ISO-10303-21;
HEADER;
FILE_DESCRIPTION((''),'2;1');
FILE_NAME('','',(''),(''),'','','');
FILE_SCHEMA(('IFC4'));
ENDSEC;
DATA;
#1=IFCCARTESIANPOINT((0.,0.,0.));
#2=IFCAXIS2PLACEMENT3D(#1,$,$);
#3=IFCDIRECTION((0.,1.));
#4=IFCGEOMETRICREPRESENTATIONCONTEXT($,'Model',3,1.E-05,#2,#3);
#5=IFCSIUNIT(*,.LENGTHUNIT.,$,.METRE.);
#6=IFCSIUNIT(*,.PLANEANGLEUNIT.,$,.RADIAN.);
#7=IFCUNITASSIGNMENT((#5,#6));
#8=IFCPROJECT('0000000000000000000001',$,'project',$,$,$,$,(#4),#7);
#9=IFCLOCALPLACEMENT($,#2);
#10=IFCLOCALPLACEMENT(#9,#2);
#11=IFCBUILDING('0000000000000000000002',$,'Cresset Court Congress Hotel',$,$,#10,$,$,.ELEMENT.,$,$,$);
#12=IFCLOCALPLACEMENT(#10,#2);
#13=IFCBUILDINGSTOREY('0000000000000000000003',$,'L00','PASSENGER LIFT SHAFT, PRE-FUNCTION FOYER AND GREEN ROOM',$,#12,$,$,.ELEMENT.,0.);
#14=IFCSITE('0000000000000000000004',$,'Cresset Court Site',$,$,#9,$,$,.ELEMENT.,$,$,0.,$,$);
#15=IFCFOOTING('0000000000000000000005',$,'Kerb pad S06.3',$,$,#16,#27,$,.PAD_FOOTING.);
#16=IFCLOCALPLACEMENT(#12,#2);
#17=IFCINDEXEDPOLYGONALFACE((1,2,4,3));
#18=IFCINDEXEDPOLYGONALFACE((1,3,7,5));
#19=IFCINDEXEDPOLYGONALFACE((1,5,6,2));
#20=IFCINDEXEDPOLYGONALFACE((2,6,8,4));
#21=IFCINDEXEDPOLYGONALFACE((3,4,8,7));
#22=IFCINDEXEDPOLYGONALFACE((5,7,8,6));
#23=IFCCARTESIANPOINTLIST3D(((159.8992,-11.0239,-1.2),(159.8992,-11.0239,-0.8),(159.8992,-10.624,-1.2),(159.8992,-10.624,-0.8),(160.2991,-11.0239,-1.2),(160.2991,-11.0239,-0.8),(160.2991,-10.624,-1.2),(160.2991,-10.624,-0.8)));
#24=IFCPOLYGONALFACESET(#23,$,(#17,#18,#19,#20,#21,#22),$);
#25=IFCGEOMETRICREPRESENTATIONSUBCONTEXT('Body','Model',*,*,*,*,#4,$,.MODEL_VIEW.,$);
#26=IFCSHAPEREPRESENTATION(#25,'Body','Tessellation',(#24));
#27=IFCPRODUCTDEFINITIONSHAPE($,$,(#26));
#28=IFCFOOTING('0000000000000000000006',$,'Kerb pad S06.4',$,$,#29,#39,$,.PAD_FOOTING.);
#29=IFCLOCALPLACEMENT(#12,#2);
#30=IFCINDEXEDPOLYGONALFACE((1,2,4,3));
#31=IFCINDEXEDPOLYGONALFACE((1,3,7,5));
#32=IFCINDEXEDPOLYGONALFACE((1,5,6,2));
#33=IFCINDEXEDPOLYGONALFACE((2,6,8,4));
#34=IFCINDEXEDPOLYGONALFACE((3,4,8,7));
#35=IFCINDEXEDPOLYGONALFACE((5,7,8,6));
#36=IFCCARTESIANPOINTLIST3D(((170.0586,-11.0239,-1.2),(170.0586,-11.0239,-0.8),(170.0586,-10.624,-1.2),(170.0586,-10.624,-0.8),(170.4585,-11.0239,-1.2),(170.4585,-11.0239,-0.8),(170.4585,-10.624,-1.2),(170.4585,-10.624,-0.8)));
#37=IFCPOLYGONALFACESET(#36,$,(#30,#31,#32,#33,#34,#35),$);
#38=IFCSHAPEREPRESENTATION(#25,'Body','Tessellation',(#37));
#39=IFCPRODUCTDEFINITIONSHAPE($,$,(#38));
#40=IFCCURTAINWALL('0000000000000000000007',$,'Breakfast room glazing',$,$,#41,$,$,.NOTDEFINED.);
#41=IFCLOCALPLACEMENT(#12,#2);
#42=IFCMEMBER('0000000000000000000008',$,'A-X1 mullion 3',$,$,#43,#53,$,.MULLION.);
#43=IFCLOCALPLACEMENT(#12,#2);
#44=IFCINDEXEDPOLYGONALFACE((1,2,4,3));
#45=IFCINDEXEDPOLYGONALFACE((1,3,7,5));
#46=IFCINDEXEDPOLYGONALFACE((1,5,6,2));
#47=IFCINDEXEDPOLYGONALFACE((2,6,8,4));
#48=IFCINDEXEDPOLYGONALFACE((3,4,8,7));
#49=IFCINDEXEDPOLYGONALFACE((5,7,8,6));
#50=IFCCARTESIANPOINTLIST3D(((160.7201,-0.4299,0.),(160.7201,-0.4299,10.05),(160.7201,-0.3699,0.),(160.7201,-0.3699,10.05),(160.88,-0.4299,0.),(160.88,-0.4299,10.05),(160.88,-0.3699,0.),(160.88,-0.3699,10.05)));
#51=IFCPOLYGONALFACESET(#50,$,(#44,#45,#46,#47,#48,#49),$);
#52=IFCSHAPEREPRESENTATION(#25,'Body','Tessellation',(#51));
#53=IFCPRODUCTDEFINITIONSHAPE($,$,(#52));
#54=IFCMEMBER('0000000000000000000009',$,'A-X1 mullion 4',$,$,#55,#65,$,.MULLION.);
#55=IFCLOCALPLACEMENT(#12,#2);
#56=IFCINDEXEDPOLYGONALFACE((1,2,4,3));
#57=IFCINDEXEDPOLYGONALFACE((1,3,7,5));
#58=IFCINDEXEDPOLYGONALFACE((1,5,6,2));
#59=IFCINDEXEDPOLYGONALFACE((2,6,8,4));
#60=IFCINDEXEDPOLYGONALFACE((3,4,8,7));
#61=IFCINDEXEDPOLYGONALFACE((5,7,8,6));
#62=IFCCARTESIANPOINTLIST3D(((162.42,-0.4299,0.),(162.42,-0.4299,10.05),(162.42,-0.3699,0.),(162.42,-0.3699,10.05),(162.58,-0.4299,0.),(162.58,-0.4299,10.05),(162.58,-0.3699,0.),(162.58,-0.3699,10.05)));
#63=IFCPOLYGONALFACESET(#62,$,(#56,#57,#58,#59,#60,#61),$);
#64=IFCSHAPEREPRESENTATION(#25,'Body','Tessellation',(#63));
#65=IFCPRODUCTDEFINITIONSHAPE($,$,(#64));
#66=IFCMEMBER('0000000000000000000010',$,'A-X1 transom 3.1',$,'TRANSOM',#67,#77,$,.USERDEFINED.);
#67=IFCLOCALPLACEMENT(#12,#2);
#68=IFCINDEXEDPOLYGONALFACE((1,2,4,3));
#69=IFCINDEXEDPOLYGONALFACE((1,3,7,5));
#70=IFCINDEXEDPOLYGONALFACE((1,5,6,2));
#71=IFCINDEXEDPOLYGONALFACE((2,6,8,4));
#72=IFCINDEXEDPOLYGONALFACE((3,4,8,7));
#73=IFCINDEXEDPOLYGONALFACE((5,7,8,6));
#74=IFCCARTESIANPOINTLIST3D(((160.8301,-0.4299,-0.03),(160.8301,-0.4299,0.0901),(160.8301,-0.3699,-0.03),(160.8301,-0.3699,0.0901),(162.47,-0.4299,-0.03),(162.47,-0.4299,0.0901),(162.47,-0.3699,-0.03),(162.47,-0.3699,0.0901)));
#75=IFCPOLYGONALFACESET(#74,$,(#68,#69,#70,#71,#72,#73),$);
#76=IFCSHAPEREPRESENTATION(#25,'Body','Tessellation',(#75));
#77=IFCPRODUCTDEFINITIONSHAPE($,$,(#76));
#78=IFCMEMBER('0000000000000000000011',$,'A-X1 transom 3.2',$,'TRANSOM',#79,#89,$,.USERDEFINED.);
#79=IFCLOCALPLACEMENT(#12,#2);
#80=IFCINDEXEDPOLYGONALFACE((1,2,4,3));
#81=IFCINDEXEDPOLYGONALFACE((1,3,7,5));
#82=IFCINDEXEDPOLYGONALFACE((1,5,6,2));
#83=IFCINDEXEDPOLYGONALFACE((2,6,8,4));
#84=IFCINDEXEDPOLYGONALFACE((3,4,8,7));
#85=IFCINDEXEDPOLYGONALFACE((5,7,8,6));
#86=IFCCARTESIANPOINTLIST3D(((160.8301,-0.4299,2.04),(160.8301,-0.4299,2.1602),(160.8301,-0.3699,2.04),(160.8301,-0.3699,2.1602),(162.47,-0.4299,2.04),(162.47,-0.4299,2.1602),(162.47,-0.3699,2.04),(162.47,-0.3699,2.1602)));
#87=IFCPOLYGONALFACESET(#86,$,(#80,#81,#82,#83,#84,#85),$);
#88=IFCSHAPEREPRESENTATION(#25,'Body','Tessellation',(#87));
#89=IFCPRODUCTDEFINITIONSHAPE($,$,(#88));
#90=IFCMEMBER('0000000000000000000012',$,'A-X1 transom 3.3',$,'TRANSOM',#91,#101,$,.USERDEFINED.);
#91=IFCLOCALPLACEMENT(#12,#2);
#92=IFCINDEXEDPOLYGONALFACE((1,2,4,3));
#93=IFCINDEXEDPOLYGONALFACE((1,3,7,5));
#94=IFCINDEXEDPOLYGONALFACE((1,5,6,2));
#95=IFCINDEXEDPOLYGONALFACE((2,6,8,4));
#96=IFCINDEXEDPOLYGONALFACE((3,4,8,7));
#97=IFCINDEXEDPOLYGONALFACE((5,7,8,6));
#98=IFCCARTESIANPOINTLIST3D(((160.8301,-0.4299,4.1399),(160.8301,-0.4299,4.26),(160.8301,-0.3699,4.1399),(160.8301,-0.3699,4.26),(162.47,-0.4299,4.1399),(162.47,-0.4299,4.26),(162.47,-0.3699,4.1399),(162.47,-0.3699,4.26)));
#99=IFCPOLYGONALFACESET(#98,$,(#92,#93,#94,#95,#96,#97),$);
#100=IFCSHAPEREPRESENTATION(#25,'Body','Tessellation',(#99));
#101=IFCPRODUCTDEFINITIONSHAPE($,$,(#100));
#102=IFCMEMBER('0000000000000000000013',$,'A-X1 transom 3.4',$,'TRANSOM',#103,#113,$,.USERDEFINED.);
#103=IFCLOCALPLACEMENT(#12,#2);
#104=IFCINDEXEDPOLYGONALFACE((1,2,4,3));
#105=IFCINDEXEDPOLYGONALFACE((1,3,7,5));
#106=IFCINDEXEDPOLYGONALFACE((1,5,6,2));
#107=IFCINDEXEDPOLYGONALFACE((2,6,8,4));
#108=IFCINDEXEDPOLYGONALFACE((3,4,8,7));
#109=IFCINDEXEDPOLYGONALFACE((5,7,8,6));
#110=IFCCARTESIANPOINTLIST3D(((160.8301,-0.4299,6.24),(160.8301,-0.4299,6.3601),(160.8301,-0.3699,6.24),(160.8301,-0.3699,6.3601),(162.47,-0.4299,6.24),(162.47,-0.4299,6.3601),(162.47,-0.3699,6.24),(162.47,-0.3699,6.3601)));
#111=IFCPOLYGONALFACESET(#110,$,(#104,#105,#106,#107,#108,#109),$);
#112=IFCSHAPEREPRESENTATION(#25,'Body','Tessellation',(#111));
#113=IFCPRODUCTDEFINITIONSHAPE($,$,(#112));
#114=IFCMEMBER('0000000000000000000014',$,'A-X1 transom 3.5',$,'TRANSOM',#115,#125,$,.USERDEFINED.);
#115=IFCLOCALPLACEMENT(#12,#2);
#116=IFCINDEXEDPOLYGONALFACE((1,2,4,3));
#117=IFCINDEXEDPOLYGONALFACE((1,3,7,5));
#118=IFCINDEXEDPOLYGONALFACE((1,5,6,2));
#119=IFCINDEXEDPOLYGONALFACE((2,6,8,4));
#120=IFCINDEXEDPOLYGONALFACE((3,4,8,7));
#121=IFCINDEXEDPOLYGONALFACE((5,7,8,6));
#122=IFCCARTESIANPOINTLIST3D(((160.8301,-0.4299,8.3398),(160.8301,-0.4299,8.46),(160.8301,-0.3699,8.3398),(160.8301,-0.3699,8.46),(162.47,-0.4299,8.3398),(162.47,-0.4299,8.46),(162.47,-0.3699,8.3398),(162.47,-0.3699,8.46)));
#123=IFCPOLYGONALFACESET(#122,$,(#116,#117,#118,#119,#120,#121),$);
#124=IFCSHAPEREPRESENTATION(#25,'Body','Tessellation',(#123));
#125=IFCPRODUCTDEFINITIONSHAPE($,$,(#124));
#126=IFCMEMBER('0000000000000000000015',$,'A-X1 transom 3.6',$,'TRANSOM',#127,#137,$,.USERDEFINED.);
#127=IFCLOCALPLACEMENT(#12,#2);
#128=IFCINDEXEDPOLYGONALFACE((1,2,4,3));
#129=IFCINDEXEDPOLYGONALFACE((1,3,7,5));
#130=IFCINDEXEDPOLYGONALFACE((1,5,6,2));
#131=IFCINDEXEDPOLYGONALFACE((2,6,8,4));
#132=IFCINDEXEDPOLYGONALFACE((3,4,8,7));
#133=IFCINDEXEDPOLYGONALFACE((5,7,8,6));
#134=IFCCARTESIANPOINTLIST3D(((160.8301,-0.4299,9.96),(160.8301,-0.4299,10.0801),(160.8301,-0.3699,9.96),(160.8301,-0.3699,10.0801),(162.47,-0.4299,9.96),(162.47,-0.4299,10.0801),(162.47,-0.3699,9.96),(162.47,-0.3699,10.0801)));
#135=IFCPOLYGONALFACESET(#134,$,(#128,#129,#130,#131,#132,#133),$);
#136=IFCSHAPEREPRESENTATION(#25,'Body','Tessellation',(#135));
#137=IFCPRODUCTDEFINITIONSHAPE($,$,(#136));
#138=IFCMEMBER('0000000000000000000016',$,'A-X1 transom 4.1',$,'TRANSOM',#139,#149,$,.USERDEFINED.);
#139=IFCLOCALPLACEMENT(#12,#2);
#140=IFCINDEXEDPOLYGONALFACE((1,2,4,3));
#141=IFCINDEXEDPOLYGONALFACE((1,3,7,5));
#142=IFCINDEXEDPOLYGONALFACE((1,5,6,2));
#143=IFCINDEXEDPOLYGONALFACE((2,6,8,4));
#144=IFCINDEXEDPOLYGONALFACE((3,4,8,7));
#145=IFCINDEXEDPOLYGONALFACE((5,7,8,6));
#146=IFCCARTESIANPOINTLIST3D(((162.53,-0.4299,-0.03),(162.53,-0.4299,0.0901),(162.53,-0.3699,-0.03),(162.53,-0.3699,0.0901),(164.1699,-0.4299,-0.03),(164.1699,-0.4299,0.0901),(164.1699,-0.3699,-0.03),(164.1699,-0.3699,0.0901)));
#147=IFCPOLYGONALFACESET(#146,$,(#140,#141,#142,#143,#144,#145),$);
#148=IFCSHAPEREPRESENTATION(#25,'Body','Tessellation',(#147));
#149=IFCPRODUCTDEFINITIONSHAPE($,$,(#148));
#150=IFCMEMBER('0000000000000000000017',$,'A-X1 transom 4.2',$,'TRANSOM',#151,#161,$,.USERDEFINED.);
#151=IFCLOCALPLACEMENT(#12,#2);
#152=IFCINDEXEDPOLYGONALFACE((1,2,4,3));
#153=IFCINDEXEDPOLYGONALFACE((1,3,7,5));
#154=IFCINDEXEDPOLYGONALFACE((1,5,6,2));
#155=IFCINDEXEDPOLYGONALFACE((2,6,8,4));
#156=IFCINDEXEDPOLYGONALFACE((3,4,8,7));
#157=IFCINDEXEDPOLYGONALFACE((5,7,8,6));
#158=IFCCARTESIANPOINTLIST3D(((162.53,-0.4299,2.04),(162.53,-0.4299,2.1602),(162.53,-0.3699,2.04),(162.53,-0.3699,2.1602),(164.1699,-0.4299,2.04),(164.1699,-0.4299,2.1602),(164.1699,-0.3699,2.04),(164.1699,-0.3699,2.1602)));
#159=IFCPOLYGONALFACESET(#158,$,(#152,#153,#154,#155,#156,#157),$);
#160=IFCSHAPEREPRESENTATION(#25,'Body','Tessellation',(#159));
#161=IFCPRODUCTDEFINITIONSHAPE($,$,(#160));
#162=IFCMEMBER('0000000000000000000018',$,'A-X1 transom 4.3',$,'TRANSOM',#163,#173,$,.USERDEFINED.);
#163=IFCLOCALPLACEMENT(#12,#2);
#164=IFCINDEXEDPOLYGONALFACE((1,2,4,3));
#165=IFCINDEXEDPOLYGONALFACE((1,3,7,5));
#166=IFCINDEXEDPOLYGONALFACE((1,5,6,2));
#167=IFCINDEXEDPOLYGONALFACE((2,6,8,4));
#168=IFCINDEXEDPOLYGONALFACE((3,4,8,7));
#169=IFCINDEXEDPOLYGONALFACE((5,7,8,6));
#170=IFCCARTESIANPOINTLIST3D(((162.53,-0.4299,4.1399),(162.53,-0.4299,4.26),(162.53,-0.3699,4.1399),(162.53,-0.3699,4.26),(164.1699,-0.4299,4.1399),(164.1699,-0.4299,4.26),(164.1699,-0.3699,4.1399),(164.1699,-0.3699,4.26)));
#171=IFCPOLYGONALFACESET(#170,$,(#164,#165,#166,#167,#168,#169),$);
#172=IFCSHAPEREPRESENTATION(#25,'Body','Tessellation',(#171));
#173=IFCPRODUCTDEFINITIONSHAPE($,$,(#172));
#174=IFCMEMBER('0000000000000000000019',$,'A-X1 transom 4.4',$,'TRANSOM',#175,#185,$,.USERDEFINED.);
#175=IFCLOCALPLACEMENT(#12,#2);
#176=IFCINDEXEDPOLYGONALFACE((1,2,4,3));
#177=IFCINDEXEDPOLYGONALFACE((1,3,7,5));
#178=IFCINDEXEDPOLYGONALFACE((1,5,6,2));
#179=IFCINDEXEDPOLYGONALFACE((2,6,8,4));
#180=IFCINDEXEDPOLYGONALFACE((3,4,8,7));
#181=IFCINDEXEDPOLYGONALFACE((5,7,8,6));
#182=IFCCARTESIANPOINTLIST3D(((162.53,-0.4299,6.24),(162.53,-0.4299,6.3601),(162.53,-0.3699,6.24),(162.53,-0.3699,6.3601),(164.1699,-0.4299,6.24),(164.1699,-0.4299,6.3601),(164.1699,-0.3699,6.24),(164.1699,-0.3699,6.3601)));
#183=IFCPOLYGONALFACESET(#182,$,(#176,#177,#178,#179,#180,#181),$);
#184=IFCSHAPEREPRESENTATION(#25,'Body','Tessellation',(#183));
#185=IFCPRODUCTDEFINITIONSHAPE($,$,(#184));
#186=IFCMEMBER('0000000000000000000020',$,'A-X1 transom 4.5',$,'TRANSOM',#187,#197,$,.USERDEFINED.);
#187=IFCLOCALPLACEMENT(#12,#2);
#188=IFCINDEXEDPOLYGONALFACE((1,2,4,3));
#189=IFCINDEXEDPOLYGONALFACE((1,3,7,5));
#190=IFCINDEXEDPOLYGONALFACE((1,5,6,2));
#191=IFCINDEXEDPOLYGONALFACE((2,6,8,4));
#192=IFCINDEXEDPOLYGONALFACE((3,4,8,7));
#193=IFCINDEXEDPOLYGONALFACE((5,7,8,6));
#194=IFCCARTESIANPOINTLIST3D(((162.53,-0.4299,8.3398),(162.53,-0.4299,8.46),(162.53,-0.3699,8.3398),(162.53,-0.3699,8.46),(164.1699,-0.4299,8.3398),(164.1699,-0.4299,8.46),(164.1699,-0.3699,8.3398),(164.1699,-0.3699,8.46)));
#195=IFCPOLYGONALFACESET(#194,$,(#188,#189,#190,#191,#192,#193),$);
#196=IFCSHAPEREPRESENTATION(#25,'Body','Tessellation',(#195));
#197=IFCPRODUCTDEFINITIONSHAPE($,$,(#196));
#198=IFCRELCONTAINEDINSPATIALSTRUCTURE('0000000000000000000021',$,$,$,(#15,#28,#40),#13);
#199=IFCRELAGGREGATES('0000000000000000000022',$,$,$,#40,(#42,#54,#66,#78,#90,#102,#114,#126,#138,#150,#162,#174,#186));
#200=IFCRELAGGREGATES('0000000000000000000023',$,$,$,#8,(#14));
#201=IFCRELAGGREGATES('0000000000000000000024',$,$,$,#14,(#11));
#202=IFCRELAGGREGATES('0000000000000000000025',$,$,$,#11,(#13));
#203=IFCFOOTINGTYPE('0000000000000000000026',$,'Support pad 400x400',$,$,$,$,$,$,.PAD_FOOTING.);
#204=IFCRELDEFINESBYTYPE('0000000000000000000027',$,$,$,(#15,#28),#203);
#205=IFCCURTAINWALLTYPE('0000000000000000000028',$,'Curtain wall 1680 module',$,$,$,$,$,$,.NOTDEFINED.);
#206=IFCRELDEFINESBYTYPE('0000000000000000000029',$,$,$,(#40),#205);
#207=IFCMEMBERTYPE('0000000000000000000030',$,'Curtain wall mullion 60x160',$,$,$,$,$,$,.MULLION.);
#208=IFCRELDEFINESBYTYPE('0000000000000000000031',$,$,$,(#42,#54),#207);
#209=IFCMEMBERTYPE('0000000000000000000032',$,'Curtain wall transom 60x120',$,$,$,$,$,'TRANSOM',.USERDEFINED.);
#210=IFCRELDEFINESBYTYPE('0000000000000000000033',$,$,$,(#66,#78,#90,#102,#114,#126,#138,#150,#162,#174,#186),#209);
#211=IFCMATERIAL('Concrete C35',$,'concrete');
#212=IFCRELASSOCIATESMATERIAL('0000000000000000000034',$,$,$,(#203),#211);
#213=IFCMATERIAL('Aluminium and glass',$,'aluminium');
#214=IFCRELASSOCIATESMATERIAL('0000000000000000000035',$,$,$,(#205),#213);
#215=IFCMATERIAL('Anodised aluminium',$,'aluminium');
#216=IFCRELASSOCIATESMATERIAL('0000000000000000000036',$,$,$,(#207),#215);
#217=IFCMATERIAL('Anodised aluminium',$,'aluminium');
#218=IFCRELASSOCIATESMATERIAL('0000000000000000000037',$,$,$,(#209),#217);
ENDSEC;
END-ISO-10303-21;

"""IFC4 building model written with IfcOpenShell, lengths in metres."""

from ifc_helpers import new_model, si_unit, direction, frame, origin, origin_2d, place, context, subcontext, project, spatial, rectangle, extrude, material, material_profile, profile_set, type_object, element, aggregate, save


model = new_model("IFC4")

# Units and contexts
model_context = context("Model", 3, precision=1e-05, world=origin(), true_north=direction((0.0, 1.0)))
body_context = subcontext(model_context, "Body", "Model", "MODEL_VIEW")
ifc_project = project(units=[si_unit("LENGTHUNIT", "METRE"), si_unit("PLANEANGLEUNIT", "RADIAN")], contexts=[model_context])

# Site, building, storey
site_placement = place(None, origin())
site = spatial("IfcSite", under=ifc_project, at=site_placement, Name="Cresset Court Site", CompositionType="ELEMENT", RefElevation=0.0)
building_placement = place(site_placement, origin())
building = spatial("IfcBuilding", under=site, at=building_placement, Name="Cresset Court Congress Hotel", CompositionType="ELEMENT")
storey_placement = place(building_placement, origin())
storey = spatial("IfcBuildingStorey", under=building, at=storey_placement, Name="L00", Description="PASSENGER LIFT SHAFT, PRE-FUNCTION FOYER AND GREEN ROOM", CompositionType="ELEMENT", Elevation=0.0)

# Footings
ifc_material_1 = material(Name="Concrete C35", Category="concrete")
footing_type = type_object("IfcFootingType", Name="Support pad 400x400", PredefinedType="PAD_FOOTING", material=ifc_material_1)
for number, where, z_axis, x_axis, name in (
    (1, (160.0991, -10.824, -1.2), (0.0, 0.0, 1.0), (1.0, 0.0, 0.0), "Kerb pad S06.3"),
    (2, (170.2585, -10.824, -1.2), (0.0, 0.0, 1.0), (1.0, 0.0, 0.0), "Kerb pad S06.4"),
):
    element("IfcFooting", number, at=place(storey_placement, frame(where, z_axis=z_axis, x_axis=x_axis)), inside=storey, type_object=footing_type, Name=name, PredefinedType="PAD_FOOTING", context=body_context, shape_type="SweptSolid", body=[
        extrude(rectangle(XDim=0.3999, YDim=0.3999, at=origin_2d()), origin(), (0.0, 0.0, 1.0), 0.3999),
    ])

# Curtain wall, members
ifc_material_2 = material(Name="Aluminium and glass", Category="aluminium")
curtain_wall_type = type_object("IfcCurtainWallType", Name="Curtain wall 1680 module", PredefinedType="NOTDEFINED", material=ifc_material_2)
curtain_wall_placement = place(storey_placement, origin())
curtain_wall = element("IfcCurtainWall", 3, at=curtain_wall_placement, inside=storey, type_object=curtain_wall_type, Name="Breakfast room glazing", PredefinedType="NOTDEFINED")
ifc_material_3 = material(Name="Anodised aluminium", Category="aluminium")
ifc_material_profile_1 = material_profile(ifc_material_3, rectangle(XDim=0.0601, YDim=0.1599, at=origin_2d()), Name="AL60x160")
ifc_profile_set_1 = profile_set([ifc_material_profile_1], Name="Anodised aluminium")
member_type_1 = type_object("IfcMemberType", Name="Curtain wall mullion 60x160", PredefinedType="MULLION", material=ifc_profile_set_1)
member_1_placement = place(storey_placement, frame((160.8, -0.3999, 0.0), z_axis=(0.0, 0.0, 1.0), x_axis=(0.0, 1.0, 0.0)))
member_1 = element("IfcMember", 4, at=member_1_placement, type_object=member_type_1, Name="A-X1 mullion 3", PredefinedType="MULLION", context=body_context, shape_type="SweptSolid", body=[
    extrude(rectangle(XDim=0.0601, YDim=0.1599, at=origin_2d()), origin(), (0.0, 0.0, 1.0), 10.05),
])
member_2_placement = place(storey_placement, frame((162.5, -0.3999, 0.0), z_axis=(0.0, 0.0, 1.0), x_axis=(0.0, 1.0, 0.0)))
member_2 = element("IfcMember", 5, at=member_2_placement, type_object=member_type_1, Name="A-X1 mullion 4", PredefinedType="MULLION", context=body_context, shape_type="SweptSolid", body=[
    extrude(rectangle(XDim=0.0601, YDim=0.1599, at=origin_2d()), origin(), (0.0, 0.0, 1.0), 10.05),
])
ifc_material_4 = material(Name="Anodised aluminium", Category="aluminium")
ifc_material_profile_2 = material_profile(ifc_material_4, rectangle(XDim=0.0601, YDim=0.1201, at=origin_2d()), Name="AL60x120")
ifc_profile_set_2 = profile_set([ifc_material_profile_2], Name="Anodised aluminium")
member_type_2 = type_object("IfcMemberType", Name="Curtain wall transom 60x120", ElementType="TRANSOM", PredefinedType="USERDEFINED", material=ifc_profile_set_2)
member_3_placement = place(storey_placement, frame((160.8301, -0.3999, 0.03), z_axis=(1.0, 0.0, 0.0), x_axis=(0.0, 1.0, 0.0)))
member_3 = element("IfcMember", 6, at=member_3_placement, type_object=member_type_2, Name="A-X1 transom 3.1", ObjectType="TRANSOM", PredefinedType="USERDEFINED", context=body_context, shape_type="SweptSolid", body=[
    extrude(rectangle(XDim=0.0601, YDim=0.1201, at=origin_2d()), origin(), (0.0, 0.0, 1.0), 1.6399),
])
member_4_placement = place(storey_placement, frame((160.8301, -0.3999, 2.1001), z_axis=(1.0, 0.0, 0.0), x_axis=(0.0, 1.0, 0.0)))
member_4 = element("IfcMember", 7, at=member_4_placement, type_object=member_type_2, Name="A-X1 transom 3.2", ObjectType="TRANSOM", PredefinedType="USERDEFINED", context=body_context, shape_type="SweptSolid", body=[
    extrude(rectangle(XDim=0.0601, YDim=0.1201, at=origin_2d()), origin(), (0.0, 0.0, 1.0), 1.6399),
])
member_5_placement = place(storey_placement, frame((160.8301, -0.3999, 4.2), z_axis=(1.0, 0.0, 0.0), x_axis=(0.0, 1.0, 0.0)))
member_5 = element("IfcMember", 8, at=member_5_placement, type_object=member_type_2, Name="A-X1 transom 3.3", ObjectType="TRANSOM", PredefinedType="USERDEFINED", context=body_context, shape_type="SweptSolid", body=[
    extrude(rectangle(XDim=0.0601, YDim=0.1201, at=origin_2d()), origin(), (0.0, 0.0, 1.0), 1.6399),
])
member_6_placement = place(storey_placement, frame((160.8301, -0.3999, 6.3), z_axis=(1.0, 0.0, 0.0), x_axis=(0.0, 1.0, 0.0)))
member_6 = element("IfcMember", 9, at=member_6_placement, type_object=member_type_2, Name="A-X1 transom 3.4", ObjectType="TRANSOM", PredefinedType="USERDEFINED", context=body_context, shape_type="SweptSolid", body=[
    extrude(rectangle(XDim=0.0601, YDim=0.1201, at=origin_2d()), origin(), (0.0, 0.0, 1.0), 1.6399),
])
member_7_placement = place(storey_placement, frame((160.8301, -0.3999, 8.3999), z_axis=(1.0, 0.0, 0.0), x_axis=(0.0, 1.0, 0.0)))
member_7 = element("IfcMember", 10, at=member_7_placement, type_object=member_type_2, Name="A-X1 transom 3.5", ObjectType="TRANSOM", PredefinedType="USERDEFINED", context=body_context, shape_type="SweptSolid", body=[
    extrude(rectangle(XDim=0.0601, YDim=0.1201, at=origin_2d()), origin(), (0.0, 0.0, 1.0), 1.6399),
])
member_8_placement = place(storey_placement, frame((160.8301, -0.3999, 10.02), z_axis=(1.0, 0.0, 0.0), x_axis=(0.0, 1.0, 0.0)))
member_8 = element("IfcMember", 11, at=member_8_placement, type_object=member_type_2, Name="A-X1 transom 3.6", ObjectType="TRANSOM", PredefinedType="USERDEFINED", context=body_context, shape_type="SweptSolid", body=[
    extrude(rectangle(XDim=0.0601, YDim=0.1201, at=origin_2d()), origin(), (0.0, 0.0, 1.0), 1.6399),
])
member_9_placement = place(storey_placement, frame((162.53, -0.3999, 0.03), z_axis=(1.0, 0.0, 0.0), x_axis=(0.0, 1.0, 0.0)))
member_9 = element("IfcMember", 12, at=member_9_placement, type_object=member_type_2, Name="A-X1 transom 4.1", ObjectType="TRANSOM", PredefinedType="USERDEFINED", context=body_context, shape_type="SweptSolid", body=[
    extrude(rectangle(XDim=0.0601, YDim=0.1201, at=origin_2d()), origin(), (0.0, 0.0, 1.0), 1.6399),
])
member_10_placement = place(storey_placement, frame((162.53, -0.3999, 2.1001), z_axis=(1.0, 0.0, 0.0), x_axis=(0.0, 1.0, 0.0)))
member_10 = element("IfcMember", 13, at=member_10_placement, type_object=member_type_2, Name="A-X1 transom 4.2", ObjectType="TRANSOM", PredefinedType="USERDEFINED", context=body_context, shape_type="SweptSolid", body=[
    extrude(rectangle(XDim=0.0601, YDim=0.1201, at=origin_2d()), origin(), (0.0, 0.0, 1.0), 1.6399),
])
member_11_placement = place(storey_placement, frame((162.53, -0.3999, 4.2), z_axis=(1.0, 0.0, 0.0), x_axis=(0.0, 1.0, 0.0)))
member_11 = element("IfcMember", 14, at=member_11_placement, type_object=member_type_2, Name="A-X1 transom 4.3", ObjectType="TRANSOM", PredefinedType="USERDEFINED", context=body_context, shape_type="SweptSolid", body=[
    extrude(rectangle(XDim=0.0601, YDim=0.1201, at=origin_2d()), origin(), (0.0, 0.0, 1.0), 1.6399),
])
member_12_placement = place(storey_placement, frame((162.53, -0.3999, 6.3), z_axis=(1.0, 0.0, 0.0), x_axis=(0.0, 1.0, 0.0)))
member_12 = element("IfcMember", 15, at=member_12_placement, type_object=member_type_2, Name="A-X1 transom 4.4", ObjectType="TRANSOM", PredefinedType="USERDEFINED", context=body_context, shape_type="SweptSolid", body=[
    extrude(rectangle(XDim=0.0601, YDim=0.1201, at=origin_2d()), origin(), (0.0, 0.0, 1.0), 1.6399),
])
member_13_placement = place(storey_placement, frame((162.53, -0.3999, 8.3999), z_axis=(1.0, 0.0, 0.0), x_axis=(0.0, 1.0, 0.0)))
member_13 = element("IfcMember", 16, at=member_13_placement, type_object=member_type_2, Name="A-X1 transom 4.5", ObjectType="TRANSOM", PredefinedType="USERDEFINED", context=body_context, shape_type="SweptSolid", body=[
    extrude(rectangle(XDim=0.0601, YDim=0.1201, at=origin_2d()), origin(), (0.0, 0.0, 1.0), 1.6399),
])
aggregate(curtain_wall, [member_1, member_2, member_3, member_4, member_5, member_6, member_7, member_8, member_9, member_10, member_11, member_12, member_13])

save(model, "model.ifc")
